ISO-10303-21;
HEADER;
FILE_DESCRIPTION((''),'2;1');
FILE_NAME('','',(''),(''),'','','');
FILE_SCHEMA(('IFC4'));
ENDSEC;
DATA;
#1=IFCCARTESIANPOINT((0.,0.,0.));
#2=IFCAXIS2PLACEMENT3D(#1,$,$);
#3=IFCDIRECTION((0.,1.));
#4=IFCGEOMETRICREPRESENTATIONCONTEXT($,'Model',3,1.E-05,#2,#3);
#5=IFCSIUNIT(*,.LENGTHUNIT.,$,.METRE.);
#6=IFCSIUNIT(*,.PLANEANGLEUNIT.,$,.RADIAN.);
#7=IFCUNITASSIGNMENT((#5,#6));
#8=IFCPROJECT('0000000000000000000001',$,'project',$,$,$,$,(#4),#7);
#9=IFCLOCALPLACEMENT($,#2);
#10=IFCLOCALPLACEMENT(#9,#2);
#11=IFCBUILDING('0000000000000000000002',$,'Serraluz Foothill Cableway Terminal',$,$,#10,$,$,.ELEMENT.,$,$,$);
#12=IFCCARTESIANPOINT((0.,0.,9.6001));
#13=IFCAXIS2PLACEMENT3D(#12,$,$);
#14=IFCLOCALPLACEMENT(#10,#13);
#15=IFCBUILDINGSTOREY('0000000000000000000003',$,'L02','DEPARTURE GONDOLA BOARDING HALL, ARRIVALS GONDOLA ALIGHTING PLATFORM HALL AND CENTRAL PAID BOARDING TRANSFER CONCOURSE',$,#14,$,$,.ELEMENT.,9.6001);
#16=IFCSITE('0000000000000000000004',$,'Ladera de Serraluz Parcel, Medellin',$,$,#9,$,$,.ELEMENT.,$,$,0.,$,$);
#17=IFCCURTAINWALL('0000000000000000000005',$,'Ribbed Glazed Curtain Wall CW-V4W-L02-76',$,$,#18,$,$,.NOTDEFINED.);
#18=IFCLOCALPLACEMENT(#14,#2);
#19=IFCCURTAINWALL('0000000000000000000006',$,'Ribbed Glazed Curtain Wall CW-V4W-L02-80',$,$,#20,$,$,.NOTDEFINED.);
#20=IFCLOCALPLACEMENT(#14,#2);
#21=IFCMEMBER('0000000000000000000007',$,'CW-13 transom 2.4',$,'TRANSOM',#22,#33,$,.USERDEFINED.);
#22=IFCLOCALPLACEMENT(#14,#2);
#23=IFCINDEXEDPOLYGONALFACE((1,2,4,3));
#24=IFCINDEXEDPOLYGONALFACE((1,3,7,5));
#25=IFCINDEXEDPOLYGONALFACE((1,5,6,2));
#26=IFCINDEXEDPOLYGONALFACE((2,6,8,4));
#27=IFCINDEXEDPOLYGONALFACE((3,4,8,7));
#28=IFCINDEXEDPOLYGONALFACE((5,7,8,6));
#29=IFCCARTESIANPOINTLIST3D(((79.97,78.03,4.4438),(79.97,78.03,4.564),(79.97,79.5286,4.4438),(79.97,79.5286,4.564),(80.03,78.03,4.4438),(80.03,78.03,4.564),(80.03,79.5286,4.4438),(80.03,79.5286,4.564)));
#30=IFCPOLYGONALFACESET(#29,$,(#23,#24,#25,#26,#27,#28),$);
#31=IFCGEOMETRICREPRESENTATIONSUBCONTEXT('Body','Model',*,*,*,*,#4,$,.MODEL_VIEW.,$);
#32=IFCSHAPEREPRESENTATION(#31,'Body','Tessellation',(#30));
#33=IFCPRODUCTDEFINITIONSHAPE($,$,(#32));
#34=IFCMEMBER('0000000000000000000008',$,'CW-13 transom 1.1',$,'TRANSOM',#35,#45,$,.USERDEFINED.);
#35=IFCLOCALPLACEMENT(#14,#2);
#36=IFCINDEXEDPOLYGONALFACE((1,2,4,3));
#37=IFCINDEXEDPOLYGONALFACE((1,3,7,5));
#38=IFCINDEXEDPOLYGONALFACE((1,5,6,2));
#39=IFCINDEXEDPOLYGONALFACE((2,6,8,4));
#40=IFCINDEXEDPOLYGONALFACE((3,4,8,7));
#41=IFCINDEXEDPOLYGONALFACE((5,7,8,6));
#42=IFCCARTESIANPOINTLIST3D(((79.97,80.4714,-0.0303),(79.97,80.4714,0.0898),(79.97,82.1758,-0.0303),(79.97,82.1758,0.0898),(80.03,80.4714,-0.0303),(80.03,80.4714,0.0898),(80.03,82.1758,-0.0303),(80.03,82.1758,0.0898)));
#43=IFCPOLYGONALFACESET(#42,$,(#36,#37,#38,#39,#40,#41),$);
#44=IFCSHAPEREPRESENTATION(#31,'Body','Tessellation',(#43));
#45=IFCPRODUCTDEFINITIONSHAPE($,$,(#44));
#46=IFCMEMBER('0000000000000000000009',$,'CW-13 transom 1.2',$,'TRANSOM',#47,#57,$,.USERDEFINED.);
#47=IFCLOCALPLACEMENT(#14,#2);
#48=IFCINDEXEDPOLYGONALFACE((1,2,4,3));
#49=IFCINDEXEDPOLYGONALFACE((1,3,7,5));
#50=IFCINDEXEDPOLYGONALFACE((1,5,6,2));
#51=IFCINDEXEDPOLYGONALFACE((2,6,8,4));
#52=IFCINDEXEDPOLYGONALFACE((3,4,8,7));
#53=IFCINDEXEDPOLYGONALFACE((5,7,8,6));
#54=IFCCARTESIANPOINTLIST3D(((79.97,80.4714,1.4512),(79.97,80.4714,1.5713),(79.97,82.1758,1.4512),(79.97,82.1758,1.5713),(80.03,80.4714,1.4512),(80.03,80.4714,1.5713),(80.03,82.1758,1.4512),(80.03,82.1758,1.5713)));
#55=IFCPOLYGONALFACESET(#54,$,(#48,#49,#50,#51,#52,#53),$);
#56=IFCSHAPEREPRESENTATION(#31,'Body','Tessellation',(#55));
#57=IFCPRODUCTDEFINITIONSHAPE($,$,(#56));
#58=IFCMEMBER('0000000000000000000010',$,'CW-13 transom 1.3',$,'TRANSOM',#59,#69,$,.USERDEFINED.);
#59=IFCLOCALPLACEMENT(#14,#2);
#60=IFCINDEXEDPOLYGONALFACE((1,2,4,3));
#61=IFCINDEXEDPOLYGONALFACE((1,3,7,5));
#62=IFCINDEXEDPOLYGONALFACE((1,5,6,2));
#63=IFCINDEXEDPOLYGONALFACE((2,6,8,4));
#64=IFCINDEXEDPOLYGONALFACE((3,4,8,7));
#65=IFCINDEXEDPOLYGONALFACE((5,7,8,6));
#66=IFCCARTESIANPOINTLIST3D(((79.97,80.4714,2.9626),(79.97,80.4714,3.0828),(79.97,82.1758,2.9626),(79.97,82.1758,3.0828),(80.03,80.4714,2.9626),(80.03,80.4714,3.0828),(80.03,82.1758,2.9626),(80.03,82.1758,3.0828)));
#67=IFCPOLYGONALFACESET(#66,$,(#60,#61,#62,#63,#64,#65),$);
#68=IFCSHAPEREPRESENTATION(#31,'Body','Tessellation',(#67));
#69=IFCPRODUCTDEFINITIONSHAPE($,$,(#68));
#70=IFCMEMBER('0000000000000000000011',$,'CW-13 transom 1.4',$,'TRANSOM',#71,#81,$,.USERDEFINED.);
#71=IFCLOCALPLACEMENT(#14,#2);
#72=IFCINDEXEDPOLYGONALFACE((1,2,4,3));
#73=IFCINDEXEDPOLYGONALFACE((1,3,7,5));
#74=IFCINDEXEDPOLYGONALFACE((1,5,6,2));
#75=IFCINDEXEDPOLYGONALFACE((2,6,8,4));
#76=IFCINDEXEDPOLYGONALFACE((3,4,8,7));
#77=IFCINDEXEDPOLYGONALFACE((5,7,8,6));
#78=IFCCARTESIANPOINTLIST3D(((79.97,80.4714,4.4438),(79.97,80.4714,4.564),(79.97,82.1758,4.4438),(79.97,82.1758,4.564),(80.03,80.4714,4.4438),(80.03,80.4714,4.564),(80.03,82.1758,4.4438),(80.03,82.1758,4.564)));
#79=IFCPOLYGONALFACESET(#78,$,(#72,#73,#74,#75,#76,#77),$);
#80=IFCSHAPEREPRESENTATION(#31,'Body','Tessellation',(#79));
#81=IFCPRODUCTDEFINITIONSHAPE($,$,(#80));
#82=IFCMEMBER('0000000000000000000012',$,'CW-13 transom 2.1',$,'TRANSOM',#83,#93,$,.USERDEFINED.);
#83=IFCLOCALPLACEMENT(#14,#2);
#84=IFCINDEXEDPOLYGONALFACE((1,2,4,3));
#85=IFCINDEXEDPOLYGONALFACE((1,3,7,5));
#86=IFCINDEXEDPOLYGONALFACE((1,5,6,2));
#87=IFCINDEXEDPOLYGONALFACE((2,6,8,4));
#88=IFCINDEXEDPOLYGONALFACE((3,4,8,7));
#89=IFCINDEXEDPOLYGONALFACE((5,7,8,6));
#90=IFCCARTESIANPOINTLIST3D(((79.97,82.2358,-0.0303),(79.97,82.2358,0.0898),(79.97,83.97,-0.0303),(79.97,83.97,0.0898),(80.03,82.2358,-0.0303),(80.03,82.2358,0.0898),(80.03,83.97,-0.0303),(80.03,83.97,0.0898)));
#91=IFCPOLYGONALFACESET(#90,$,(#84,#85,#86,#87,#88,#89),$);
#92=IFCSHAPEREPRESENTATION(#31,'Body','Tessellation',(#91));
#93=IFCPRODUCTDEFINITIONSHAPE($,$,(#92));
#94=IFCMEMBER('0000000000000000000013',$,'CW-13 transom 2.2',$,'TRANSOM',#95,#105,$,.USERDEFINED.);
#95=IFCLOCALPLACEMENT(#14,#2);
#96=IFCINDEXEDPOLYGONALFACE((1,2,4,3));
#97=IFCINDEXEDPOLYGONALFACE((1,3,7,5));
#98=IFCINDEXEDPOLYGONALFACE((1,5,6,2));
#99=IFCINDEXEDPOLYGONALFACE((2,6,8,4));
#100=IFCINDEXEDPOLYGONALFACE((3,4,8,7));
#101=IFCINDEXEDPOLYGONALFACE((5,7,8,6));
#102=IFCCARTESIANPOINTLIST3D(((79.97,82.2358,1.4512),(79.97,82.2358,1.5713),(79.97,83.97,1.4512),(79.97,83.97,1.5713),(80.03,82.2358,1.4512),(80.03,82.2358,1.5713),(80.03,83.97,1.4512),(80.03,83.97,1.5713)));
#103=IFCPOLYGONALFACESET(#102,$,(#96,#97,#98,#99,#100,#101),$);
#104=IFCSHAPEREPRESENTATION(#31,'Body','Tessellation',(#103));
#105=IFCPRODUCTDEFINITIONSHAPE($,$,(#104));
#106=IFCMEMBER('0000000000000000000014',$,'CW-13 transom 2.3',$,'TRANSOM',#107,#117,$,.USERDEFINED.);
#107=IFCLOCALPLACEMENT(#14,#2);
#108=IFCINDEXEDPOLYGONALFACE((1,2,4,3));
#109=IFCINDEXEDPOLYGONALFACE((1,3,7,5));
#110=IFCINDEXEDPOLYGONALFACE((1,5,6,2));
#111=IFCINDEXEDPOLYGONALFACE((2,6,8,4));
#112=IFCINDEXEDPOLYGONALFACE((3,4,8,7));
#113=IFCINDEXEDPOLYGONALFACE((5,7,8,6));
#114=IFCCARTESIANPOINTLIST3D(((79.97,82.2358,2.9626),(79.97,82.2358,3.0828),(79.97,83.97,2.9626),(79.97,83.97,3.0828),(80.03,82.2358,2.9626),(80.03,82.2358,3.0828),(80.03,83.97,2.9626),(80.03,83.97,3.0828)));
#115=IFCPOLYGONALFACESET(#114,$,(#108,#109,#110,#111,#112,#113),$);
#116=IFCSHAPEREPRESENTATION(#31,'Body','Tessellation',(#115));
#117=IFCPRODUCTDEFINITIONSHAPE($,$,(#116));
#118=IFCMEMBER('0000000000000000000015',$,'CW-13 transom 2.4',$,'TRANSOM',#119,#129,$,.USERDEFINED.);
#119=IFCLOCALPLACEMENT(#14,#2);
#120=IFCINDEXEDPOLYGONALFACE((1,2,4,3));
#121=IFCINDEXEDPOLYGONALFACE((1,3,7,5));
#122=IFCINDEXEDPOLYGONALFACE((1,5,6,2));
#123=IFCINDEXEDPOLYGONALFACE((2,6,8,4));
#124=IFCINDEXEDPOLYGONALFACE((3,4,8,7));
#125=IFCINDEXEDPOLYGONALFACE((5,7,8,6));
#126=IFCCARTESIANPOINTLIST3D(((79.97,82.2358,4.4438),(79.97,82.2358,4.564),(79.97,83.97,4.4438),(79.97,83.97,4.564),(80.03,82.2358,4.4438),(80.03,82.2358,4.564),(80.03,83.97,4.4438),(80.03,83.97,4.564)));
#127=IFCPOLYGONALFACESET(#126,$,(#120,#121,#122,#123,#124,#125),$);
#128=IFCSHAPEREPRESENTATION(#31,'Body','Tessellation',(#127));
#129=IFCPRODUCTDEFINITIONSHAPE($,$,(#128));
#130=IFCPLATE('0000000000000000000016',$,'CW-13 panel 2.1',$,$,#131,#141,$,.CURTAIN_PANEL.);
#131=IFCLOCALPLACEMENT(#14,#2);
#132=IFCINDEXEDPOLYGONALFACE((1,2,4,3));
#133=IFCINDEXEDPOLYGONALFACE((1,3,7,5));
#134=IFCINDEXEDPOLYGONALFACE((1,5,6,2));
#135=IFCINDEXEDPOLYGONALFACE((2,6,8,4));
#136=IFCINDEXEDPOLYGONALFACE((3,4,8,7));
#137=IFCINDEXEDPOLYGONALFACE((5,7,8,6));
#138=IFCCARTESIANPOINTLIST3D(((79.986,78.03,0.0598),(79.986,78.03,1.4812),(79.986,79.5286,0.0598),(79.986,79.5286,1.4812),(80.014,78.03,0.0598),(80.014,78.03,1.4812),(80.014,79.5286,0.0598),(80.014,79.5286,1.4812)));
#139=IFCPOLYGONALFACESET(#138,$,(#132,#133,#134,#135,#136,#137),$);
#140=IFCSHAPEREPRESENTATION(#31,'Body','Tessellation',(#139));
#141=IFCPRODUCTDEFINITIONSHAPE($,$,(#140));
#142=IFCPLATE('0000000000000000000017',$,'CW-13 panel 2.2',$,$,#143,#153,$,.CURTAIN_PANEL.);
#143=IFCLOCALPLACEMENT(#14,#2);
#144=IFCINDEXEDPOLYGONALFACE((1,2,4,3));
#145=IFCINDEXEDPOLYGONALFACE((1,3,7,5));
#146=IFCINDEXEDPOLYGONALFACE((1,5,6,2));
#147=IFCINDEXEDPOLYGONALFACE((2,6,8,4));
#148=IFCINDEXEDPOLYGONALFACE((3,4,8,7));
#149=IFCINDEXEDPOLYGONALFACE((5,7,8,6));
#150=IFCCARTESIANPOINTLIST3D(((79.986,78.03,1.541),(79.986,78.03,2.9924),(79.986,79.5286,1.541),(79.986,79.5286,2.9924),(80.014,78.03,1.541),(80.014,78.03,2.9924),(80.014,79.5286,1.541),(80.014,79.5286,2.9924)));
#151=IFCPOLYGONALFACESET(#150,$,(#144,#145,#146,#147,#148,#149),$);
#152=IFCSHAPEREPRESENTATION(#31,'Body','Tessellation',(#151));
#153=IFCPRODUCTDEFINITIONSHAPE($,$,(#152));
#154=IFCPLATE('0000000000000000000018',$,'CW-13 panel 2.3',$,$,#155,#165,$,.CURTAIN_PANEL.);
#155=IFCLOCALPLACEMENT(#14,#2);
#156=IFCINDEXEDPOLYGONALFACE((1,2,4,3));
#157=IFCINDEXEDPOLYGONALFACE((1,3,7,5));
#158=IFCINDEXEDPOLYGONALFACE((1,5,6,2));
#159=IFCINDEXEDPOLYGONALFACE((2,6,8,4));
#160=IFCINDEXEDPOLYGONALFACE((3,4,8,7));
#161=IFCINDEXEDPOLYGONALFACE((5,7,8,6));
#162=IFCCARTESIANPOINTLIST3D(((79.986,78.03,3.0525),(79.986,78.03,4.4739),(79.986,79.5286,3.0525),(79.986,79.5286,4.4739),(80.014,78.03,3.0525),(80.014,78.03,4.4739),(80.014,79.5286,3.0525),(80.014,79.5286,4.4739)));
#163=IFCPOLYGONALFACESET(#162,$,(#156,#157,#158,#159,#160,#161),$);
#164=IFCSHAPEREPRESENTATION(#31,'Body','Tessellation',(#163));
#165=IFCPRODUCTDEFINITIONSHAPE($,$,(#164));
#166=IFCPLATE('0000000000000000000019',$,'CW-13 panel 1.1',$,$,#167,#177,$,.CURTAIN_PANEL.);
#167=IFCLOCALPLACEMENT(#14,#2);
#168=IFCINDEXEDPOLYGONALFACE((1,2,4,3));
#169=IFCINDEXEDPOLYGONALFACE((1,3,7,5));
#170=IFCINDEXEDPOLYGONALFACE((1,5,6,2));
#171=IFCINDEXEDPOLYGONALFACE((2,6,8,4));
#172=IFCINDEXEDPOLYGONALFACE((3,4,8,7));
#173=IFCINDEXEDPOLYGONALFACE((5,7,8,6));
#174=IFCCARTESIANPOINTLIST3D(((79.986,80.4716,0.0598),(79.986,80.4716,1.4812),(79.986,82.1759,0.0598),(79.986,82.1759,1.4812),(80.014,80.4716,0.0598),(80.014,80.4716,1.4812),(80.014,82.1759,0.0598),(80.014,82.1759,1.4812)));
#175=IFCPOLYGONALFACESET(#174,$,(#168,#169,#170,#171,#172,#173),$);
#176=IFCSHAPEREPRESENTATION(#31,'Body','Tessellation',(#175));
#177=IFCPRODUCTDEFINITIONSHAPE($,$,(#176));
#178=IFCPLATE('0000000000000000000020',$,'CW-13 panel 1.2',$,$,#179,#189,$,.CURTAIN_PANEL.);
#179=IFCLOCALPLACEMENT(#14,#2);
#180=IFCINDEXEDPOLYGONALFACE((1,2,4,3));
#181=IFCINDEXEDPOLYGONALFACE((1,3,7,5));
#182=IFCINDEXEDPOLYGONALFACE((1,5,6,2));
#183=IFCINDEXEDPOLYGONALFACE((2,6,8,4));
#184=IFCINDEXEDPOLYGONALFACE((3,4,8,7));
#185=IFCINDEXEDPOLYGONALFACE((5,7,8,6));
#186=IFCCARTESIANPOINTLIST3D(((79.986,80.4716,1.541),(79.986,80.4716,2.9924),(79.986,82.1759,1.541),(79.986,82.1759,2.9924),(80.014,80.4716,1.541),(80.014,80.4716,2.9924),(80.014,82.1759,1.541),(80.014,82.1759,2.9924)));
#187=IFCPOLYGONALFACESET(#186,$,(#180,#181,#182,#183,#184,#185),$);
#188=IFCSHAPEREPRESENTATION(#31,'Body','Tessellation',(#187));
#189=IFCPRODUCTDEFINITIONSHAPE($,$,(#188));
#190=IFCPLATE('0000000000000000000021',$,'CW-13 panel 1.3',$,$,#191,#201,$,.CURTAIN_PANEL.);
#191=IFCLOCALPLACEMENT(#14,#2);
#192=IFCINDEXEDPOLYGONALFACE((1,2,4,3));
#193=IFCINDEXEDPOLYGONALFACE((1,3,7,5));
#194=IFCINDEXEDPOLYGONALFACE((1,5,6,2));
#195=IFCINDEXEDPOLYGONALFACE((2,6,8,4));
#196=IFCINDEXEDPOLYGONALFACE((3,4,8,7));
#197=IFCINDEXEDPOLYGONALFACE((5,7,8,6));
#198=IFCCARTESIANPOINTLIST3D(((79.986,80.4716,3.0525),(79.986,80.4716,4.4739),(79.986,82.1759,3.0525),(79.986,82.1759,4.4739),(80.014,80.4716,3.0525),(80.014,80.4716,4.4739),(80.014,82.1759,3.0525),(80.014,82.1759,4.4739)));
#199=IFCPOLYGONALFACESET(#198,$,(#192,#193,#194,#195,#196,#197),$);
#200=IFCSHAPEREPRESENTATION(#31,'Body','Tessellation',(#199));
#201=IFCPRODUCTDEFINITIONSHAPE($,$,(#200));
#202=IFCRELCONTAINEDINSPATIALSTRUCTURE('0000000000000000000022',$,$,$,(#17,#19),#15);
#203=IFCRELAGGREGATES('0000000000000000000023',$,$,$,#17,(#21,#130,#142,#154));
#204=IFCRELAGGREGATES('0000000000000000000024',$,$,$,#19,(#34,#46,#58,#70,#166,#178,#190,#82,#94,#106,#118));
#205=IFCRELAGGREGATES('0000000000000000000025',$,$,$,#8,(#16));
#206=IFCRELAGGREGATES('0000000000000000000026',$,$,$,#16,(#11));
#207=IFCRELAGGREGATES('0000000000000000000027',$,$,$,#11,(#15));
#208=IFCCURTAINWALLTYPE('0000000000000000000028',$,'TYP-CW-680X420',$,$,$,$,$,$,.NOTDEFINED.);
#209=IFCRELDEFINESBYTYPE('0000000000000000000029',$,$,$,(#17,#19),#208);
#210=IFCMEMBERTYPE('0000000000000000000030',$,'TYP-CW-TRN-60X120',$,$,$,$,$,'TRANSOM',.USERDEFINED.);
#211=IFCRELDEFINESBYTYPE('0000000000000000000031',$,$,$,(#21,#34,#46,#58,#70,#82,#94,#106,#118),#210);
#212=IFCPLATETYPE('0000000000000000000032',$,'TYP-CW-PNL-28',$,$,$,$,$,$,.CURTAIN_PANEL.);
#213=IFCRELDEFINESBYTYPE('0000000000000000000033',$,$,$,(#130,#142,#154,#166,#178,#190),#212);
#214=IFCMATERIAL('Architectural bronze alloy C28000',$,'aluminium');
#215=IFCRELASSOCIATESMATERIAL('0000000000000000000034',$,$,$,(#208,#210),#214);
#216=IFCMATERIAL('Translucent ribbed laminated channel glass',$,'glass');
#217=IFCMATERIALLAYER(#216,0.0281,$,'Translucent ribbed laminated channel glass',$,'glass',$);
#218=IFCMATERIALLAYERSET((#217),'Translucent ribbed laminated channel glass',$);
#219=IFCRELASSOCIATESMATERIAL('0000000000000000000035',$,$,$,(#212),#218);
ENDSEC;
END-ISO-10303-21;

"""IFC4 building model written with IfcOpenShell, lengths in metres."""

from ifc_helpers import new_model, si_unit, direction, frame, origin, origin_2d, place, context, subcontext, project, spatial, rectangle, extrude, material, layer, layer_set, material_profile, profile_set, type_object, element, aggregate, save


model = new_model("IFC4")

# Units and contexts
model_context = context("Model", 3, precision=1e-05, world=origin(), true_north=direction((0.0, 1.0)))
body_context = subcontext(model_context, "Body", "Model", "MODEL_VIEW")
ifc_project = project(units=[si_unit("LENGTHUNIT", "METRE"), si_unit("PLANEANGLEUNIT", "RADIAN")], contexts=[model_context])

# Site, building, storey
site_placement = place(None, origin())
site = spatial("IfcSite", under=ifc_project, at=site_placement, Name="Ladera de Serraluz Parcel, Medellin", CompositionType="ELEMENT", RefElevation=0.0)
building_placement = place(site_placement, origin())
building = spatial("IfcBuilding", under=site, at=building_placement, Name="Serraluz Foothill Cableway Terminal", CompositionType="ELEMENT")
storey_placement = place(building_placement, frame((0.0, 0.0, 9.6001)))
storey = spatial("IfcBuildingStorey", under=building, at=storey_placement, Name="L02", Description="DEPARTURE GONDOLA BOARDING HALL, ARRIVALS GONDOLA ALIGHTING PLATFORM HALL AND CENTRAL PAID BOARDING TRANSFER CONCOURSE", CompositionType="ELEMENT", Elevation=9.6001)

# Curtain walls
ifc_material_1 = material(Name="Architectural bronze alloy C28000", Category="aluminium")
curtain_wall_type = type_object("IfcCurtainWallType", Name="TYP-CW-680X420", PredefinedType="NOTDEFINED", material=ifc_material_1)
curtain_wall_1_placement = place(storey_placement, origin())
curtain_wall_1 = element("IfcCurtainWall", 1, at=curtain_wall_1_placement, inside=storey, type_object=curtain_wall_type, Name="Ribbed Glazed Curtain Wall CW-V4W-L02-76", PredefinedType="NOTDEFINED")
curtain_wall_2_placement = place(storey_placement, origin())
curtain_wall_2 = element("IfcCurtainWall", 2, at=curtain_wall_2_placement, inside=storey, type_object=curtain_wall_type, Name="Ribbed Glazed Curtain Wall CW-V4W-L02-80", PredefinedType="NOTDEFINED")

# Members
ifc_material_profile_1 = material_profile(ifc_material_1, rectangle(XDim=0.0601, YDim=0.1201, at=origin_2d()), Name="ALU TRANSOM 60x120")
ifc_profile_set_1 = profile_set([ifc_material_profile_1], Name="Architectural bronze alloy C28000")
member_type_1 = type_object("IfcMemberType", Name="TYP-CW-TRN-60X120", ElementType="TRANSOM", PredefinedType="USERDEFINED", material=ifc_profile_set_1)
member_1_placement = place(storey_placement, frame((80.0, 78.03, 4.5039), z_axis=(0.0, 1.0, 0.0), x_axis=(-1.0, 0.0, 0.0)))
member_1 = element("IfcMember", 3, at=member_1_placement, type_object=member_type_1, Name="CW-13 transom 2.4", ObjectType="TRANSOM", PredefinedType="USERDEFINED", context=body_context, shape_type="SweptSolid", body=[
    extrude(rectangle(XDim=0.0601, YDim=0.1201, at=origin_2d()), origin(), (0.0, 0.0, 1.0), 1.4985),
])
member_2_placement = place(storey_placement, frame((80.0, 80.4714, 0.0298), z_axis=(0.0, 1.0, 0.0), x_axis=(-1.0, 0.0, 0.0)))
member_2 = element("IfcMember", 4, at=member_2_placement, type_object=member_type_1, Name="CW-13 transom 1.1", ObjectType="TRANSOM", PredefinedType="USERDEFINED", context=body_context, shape_type="SweptSolid", body=[
    extrude(rectangle(XDim=0.0601, YDim=0.1201, at=origin_2d()), origin(), (0.0, 0.0, 1.0), 1.7043),
])
member_3_placement = place(storey_placement, frame((80.0, 80.4714, 1.5112), z_axis=(0.0, 1.0, 0.0), x_axis=(-1.0, 0.0, 0.0)))
member_3 = element("IfcMember", 5, at=member_3_placement, type_object=member_type_1, Name="CW-13 transom 1.2", ObjectType="TRANSOM", PredefinedType="USERDEFINED", context=body_context, shape_type="SweptSolid", body=[
    extrude(rectangle(XDim=0.0601, YDim=0.1201, at=origin_2d()), origin(), (0.0, 0.0, 1.0), 1.7043),
])
member_4_placement = place(storey_placement, frame((80.0, 80.4714, 3.0227), z_axis=(0.0, 1.0, 0.0), x_axis=(-1.0, 0.0, 0.0)))
member_4 = element("IfcMember", 6, at=member_4_placement, type_object=member_type_1, Name="CW-13 transom 1.3", ObjectType="TRANSOM", PredefinedType="USERDEFINED", context=body_context, shape_type="SweptSolid", body=[
    extrude(rectangle(XDim=0.0601, YDim=0.1201, at=origin_2d()), origin(), (0.0, 0.0, 1.0), 1.7043),
])
member_5_placement = place(storey_placement, frame((80.0, 80.4714, 4.5039), z_axis=(0.0, 1.0, 0.0), x_axis=(-1.0, 0.0, 0.0)))
member_5 = element("IfcMember", 7, at=member_5_placement, type_object=member_type_1, Name="CW-13 transom 1.4", ObjectType="TRANSOM", PredefinedType="USERDEFINED", context=body_context, shape_type="SweptSolid", body=[
    extrude(rectangle(XDim=0.0601, YDim=0.1201, at=origin_2d()), origin(), (0.0, 0.0, 1.0), 1.7043),
])
member_6_placement = place(storey_placement, frame((80.0, 82.2358, 0.0298), z_axis=(0.0, 1.0, 0.0), x_axis=(-1.0, 0.0, 0.0)))
member_6 = element("IfcMember", 8, at=member_6_placement, type_object=member_type_1, Name="CW-13 transom 2.1", ObjectType="TRANSOM", PredefinedType="USERDEFINED", context=body_context, shape_type="SweptSolid", body=[
    extrude(rectangle(XDim=0.0601, YDim=0.1201, at=origin_2d()), origin(), (0.0, 0.0, 1.0), 1.7341),
])
member_7_placement = place(storey_placement, frame((80.0, 82.2358, 1.5112), z_axis=(0.0, 1.0, 0.0), x_axis=(-1.0, 0.0, 0.0)))
member_7 = element("IfcMember", 9, at=member_7_placement, type_object=member_type_1, Name="CW-13 transom 2.2", ObjectType="TRANSOM", PredefinedType="USERDEFINED", context=body_context, shape_type="SweptSolid", body=[
    extrude(rectangle(XDim=0.0601, YDim=0.1201, at=origin_2d()), origin(), (0.0, 0.0, 1.0), 1.7341),
])
member_8_placement = place(storey_placement, frame((80.0, 82.2358, 3.0227), z_axis=(0.0, 1.0, 0.0), x_axis=(-1.0, 0.0, 0.0)))
member_8 = element("IfcMember", 10, at=member_8_placement, type_object=member_type_1, Name="CW-13 transom 2.3", ObjectType="TRANSOM", PredefinedType="USERDEFINED", context=body_context, shape_type="SweptSolid", body=[
    extrude(rectangle(XDim=0.0601, YDim=0.1201, at=origin_2d()), origin(), (0.0, 0.0, 1.0), 1.7341),
])
member_9_placement = place(storey_placement, frame((80.0, 82.2358, 4.5039), z_axis=(0.0, 1.0, 0.0), x_axis=(-1.0, 0.0, 0.0)))
member_9 = element("IfcMember", 11, at=member_9_placement, type_object=member_type_1, Name="CW-13 transom 2.4", ObjectType="TRANSOM", PredefinedType="USERDEFINED", context=body_context, shape_type="SweptSolid", body=[
    extrude(rectangle(XDim=0.0601, YDim=0.1201, at=origin_2d()), origin(), (0.0, 0.0, 1.0), 1.7341),
])

# Plates
ifc_material_2 = material(Name="Translucent ribbed laminated channel glass", Category="glass")
ifc_layer_1 = layer(ifc_material_2, 0.0281, Name="Translucent ribbed laminated channel glass", Category="glass")
ifc_layer_set_1 = layer_set([ifc_layer_1], Name="Translucent ribbed laminated channel glass")
plate_type_1 = type_object("IfcPlateType", Name="TYP-CW-PNL-28", PredefinedType="CURTAIN_PANEL", material=ifc_layer_set_1)
plate_1_placement = place(storey_placement, frame((80.0, 78.7793, 0.0598), z_axis=(0.0, 0.0, 1.0), x_axis=(0.0, 1.0, 0.0)))
plate_1 = element("IfcPlate", 12, at=plate_1_placement, type_object=plate_type_1, Name="CW-13 panel 2.1", PredefinedType="CURTAIN_PANEL", context=body_context, shape_type="SweptSolid", body=[
    extrude(rectangle(XDim=1.4985, YDim=0.0281, at=origin_2d()), origin(), (0.0, 0.0, 1.0), 1.4214),
])
plate_2_placement = place(storey_placement, frame((80.0, 78.7793, 1.541), z_axis=(0.0, 0.0, 1.0), x_axis=(0.0, 1.0, 0.0)))
plate_2 = element("IfcPlate", 13, at=plate_2_placement, type_object=plate_type_1, Name="CW-13 panel 2.2", PredefinedType="CURTAIN_PANEL", context=body_context, shape_type="SweptSolid", body=[
    extrude(rectangle(XDim=1.4985, YDim=0.0281, at=origin_2d()), origin(), (0.0, 0.0, 1.0), 1.4514),
])
plate_3_placement = place(storey_placement, frame((80.0, 78.7793, 3.0525), z_axis=(0.0, 0.0, 1.0), x_axis=(0.0, 1.0, 0.0)))
plate_3 = element("IfcPlate", 14, at=plate_3_placement, type_object=plate_type_1, Name="CW-13 panel 2.3", PredefinedType="CURTAIN_PANEL", context=body_context, shape_type="SweptSolid", body=[
    extrude(rectangle(XDim=1.4985, YDim=0.0281, at=origin_2d()), origin(), (0.0, 0.0, 1.0), 1.4214),
])
aggregate(curtain_wall_1, [member_1, plate_1, plate_2, plate_3])
plate_4_placement = place(storey_placement, frame((80.0, 81.3237, 0.0598), z_axis=(0.0, 0.0, 1.0), x_axis=(0.0, 1.0, 0.0)))
plate_4 = element("IfcPlate", 15, at=plate_4_placement, type_object=plate_type_1, Name="CW-13 panel 1.1", PredefinedType="CURTAIN_PANEL", context=body_context, shape_type="SweptSolid", body=[
    extrude(rectangle(XDim=1.7043, YDim=0.0281, at=origin_2d()), origin(), (0.0, 0.0, 1.0), 1.4214),
])
plate_5_placement = place(storey_placement, frame((80.0, 81.3237, 1.541), z_axis=(0.0, 0.0, 1.0), x_axis=(0.0, 1.0, 0.0)))
plate_5 = element("IfcPlate", 16, at=plate_5_placement, type_object=plate_type_1, Name="CW-13 panel 1.2", PredefinedType="CURTAIN_PANEL", context=body_context, shape_type="SweptSolid", body=[
    extrude(rectangle(XDim=1.7043, YDim=0.0281, at=origin_2d()), origin(), (0.0, 0.0, 1.0), 1.4514),
])
plate_6_placement = place(storey_placement, frame((80.0, 81.3237, 3.0525), z_axis=(0.0, 0.0, 1.0), x_axis=(0.0, 1.0, 0.0)))
plate_6 = element("IfcPlate", 17, at=plate_6_placement, type_object=plate_type_1, Name="CW-13 panel 1.3", PredefinedType="CURTAIN_PANEL", context=body_context, shape_type="SweptSolid", body=[
    extrude(rectangle(XDim=1.7043, YDim=0.0281, at=origin_2d()), origin(), (0.0, 0.0, 1.0), 1.4214),
])
aggregate(curtain_wall_2, [member_2, member_3, member_4, member_5, plate_4, plate_5, plate_6, member_6, member_7, member_8, member_9])

save(model, "model.ifc")
